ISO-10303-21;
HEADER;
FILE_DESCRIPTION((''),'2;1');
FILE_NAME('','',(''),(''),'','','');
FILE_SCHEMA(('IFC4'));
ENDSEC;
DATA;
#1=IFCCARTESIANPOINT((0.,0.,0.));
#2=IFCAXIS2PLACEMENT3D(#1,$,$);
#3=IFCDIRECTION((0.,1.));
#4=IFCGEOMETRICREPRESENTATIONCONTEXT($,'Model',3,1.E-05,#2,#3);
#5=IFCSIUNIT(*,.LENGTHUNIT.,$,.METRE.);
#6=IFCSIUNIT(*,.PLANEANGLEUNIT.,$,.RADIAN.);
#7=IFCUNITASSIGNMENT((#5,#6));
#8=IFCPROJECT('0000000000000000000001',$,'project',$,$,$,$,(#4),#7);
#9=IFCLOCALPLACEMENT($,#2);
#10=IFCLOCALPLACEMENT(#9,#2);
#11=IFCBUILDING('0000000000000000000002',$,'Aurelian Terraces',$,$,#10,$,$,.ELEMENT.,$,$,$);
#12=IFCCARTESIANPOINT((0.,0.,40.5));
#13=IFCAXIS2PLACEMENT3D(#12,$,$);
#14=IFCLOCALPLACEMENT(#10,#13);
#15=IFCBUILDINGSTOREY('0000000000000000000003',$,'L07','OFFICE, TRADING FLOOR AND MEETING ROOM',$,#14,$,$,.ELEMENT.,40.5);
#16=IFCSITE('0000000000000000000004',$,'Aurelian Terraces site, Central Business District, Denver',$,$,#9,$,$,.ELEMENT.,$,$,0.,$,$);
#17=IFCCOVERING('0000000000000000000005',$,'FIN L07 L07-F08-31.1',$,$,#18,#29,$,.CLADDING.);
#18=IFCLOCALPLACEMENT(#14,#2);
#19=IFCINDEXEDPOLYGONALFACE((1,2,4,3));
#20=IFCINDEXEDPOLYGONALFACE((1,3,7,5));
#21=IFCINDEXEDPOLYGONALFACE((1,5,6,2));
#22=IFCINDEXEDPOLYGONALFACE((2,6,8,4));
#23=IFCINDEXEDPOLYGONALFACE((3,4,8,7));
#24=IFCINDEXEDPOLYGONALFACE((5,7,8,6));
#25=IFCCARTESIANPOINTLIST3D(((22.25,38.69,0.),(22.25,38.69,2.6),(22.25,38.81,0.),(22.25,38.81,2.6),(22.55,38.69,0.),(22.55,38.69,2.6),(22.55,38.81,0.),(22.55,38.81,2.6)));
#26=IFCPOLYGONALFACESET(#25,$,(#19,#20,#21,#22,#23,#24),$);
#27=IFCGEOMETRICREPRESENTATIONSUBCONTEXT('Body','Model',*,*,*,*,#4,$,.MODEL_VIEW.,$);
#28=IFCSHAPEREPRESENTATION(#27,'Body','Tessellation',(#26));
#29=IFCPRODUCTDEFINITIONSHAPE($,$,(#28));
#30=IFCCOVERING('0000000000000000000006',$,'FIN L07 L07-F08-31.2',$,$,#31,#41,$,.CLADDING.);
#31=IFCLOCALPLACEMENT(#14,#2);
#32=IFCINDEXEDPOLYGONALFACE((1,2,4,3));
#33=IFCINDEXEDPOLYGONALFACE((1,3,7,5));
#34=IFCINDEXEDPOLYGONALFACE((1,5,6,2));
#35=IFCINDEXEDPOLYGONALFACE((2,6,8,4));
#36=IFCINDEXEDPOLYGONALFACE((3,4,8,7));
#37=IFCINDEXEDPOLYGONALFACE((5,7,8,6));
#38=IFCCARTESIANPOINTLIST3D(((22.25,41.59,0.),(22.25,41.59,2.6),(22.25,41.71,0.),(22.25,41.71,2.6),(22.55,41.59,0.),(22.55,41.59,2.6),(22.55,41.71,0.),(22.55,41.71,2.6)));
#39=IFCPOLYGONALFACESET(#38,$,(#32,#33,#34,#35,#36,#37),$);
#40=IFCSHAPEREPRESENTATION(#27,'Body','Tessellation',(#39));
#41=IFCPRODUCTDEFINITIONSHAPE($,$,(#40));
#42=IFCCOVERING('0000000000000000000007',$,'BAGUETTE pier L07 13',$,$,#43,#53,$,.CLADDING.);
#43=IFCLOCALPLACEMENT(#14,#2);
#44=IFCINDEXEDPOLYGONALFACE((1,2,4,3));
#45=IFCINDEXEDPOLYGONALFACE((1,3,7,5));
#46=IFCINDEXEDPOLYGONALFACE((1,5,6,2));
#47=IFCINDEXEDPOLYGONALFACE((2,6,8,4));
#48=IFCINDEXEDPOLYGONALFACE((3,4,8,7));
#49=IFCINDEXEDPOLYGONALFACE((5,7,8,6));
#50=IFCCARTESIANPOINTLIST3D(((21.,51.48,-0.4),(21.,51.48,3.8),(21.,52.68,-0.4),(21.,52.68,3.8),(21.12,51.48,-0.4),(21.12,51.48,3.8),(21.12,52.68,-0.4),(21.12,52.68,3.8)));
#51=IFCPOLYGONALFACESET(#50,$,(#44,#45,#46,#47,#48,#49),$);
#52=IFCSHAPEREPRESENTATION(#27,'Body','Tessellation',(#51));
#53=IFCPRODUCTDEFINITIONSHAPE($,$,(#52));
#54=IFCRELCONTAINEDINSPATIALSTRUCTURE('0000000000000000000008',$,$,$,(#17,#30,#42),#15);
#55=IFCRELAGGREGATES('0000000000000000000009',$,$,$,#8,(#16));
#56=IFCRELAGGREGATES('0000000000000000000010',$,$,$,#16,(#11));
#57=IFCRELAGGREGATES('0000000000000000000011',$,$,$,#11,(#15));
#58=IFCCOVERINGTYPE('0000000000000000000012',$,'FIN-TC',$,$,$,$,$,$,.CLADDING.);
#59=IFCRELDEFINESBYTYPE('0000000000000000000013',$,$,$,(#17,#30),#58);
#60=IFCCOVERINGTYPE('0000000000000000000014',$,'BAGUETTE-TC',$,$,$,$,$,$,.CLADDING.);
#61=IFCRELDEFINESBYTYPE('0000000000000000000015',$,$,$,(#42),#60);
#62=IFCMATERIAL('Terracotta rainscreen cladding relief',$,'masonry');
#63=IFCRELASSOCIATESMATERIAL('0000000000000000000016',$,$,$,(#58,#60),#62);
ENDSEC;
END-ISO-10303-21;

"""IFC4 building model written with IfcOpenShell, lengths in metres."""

from ifc_helpers import new_model, si_unit, direction, frame, origin, origin_2d, place, context, subcontext, project, spatial, rectangle, extrude, source, transform, mapped, material, type_object, element, save


model = new_model("IFC4")

# Units and contexts
model_context = context("Model", 3, precision=1e-05, world=origin(), true_north=direction((0.0, 1.0)))
body_context = subcontext(model_context, "Body", "Model", "MODEL_VIEW")
ifc_project = project(units=[si_unit("LENGTHUNIT", "METRE"), si_unit("PLANEANGLEUNIT", "RADIAN")], contexts=[model_context])

# Site, building, storey
site_placement = place(None, origin())
site = spatial("IfcSite", under=ifc_project, at=site_placement, Name="Aurelian Terraces site, Central Business District, Denver", CompositionType="ELEMENT", RefElevation=0.0)
building_placement = place(site_placement, origin())
building = spatial("IfcBuilding", under=site, at=building_placement, Name="Aurelian Terraces", CompositionType="ELEMENT")
storey_placement = place(building_placement, frame((0.0, 0.0, 40.5)))
storey = spatial("IfcBuildingStorey", under=building, at=storey_placement, Name="L07", Description="OFFICE, TRADING FLOOR AND MEETING ROOM", CompositionType="ELEMENT", Elevation=40.5)

# Coverings
ifc_material_1 = material(Name="Terracotta rainscreen cladding relief", Category="masonry")
covering_type_1 = type_object("IfcCoveringType", Name="FIN-TC", PredefinedType="CLADDING", material=ifc_material_1)
shared_shape_1 = source(origin(), body_context, "Body", "SweptSolid", [
    extrude(rectangle(XDim=0.3, YDim=0.12, at=origin_2d()), origin(), (0.0, 0.0, 1.0), 2.6),
])
for number, where, z_axis, x_axis, name in (
    (1, (22.4, 38.75, 0.0), (0.0, 0.0, 1.0), (1.0, 0.0, 0.0), "FIN L07 L07-F08-31.1"),
    (2, (22.4, 41.65, 0.0), (0.0, 0.0, 1.0), (1.0, 0.0, 0.0), "FIN L07 L07-F08-31.2"),
):
    element("IfcCovering", number, at=place(storey_placement, frame(where, z_axis=z_axis, x_axis=x_axis)), inside=storey, type_object=covering_type_1, Name=name, PredefinedType="CLADDING", context=body_context, shape_type="MappedRepresentation", body=[
        mapped(shared_shape_1, transform((0.0, 0.0, 0.0), scale=1.0)),
    ])
covering_type_2 = type_object("IfcCoveringType", Name="BAGUETTE-TC", PredefinedType="CLADDING", material=ifc_material_1)
shared_shape_2 = source(origin(), body_context, "Body", "SweptSolid", [
    extrude(rectangle(XDim=0.12, YDim=1.2, at=origin_2d()), origin(), (0.0, 0.0, 1.0), 4.2),
])
covering_1_placement = place(storey_placement, frame((21.06, 52.08, -0.4), z_axis=(0.0, 0.0, 1.0), x_axis=(1.0, 0.0, 0.0)))
element("IfcCovering", 3, at=covering_1_placement, inside=storey, type_object=covering_type_2, Name="BAGUETTE pier L07 13", PredefinedType="CLADDING", context=body_context, shape_type="MappedRepresentation", body=[
    mapped(shared_shape_2, transform((0.0, 0.0, 0.0), scale=1.0)),
])

save(model, "model.ifc")
